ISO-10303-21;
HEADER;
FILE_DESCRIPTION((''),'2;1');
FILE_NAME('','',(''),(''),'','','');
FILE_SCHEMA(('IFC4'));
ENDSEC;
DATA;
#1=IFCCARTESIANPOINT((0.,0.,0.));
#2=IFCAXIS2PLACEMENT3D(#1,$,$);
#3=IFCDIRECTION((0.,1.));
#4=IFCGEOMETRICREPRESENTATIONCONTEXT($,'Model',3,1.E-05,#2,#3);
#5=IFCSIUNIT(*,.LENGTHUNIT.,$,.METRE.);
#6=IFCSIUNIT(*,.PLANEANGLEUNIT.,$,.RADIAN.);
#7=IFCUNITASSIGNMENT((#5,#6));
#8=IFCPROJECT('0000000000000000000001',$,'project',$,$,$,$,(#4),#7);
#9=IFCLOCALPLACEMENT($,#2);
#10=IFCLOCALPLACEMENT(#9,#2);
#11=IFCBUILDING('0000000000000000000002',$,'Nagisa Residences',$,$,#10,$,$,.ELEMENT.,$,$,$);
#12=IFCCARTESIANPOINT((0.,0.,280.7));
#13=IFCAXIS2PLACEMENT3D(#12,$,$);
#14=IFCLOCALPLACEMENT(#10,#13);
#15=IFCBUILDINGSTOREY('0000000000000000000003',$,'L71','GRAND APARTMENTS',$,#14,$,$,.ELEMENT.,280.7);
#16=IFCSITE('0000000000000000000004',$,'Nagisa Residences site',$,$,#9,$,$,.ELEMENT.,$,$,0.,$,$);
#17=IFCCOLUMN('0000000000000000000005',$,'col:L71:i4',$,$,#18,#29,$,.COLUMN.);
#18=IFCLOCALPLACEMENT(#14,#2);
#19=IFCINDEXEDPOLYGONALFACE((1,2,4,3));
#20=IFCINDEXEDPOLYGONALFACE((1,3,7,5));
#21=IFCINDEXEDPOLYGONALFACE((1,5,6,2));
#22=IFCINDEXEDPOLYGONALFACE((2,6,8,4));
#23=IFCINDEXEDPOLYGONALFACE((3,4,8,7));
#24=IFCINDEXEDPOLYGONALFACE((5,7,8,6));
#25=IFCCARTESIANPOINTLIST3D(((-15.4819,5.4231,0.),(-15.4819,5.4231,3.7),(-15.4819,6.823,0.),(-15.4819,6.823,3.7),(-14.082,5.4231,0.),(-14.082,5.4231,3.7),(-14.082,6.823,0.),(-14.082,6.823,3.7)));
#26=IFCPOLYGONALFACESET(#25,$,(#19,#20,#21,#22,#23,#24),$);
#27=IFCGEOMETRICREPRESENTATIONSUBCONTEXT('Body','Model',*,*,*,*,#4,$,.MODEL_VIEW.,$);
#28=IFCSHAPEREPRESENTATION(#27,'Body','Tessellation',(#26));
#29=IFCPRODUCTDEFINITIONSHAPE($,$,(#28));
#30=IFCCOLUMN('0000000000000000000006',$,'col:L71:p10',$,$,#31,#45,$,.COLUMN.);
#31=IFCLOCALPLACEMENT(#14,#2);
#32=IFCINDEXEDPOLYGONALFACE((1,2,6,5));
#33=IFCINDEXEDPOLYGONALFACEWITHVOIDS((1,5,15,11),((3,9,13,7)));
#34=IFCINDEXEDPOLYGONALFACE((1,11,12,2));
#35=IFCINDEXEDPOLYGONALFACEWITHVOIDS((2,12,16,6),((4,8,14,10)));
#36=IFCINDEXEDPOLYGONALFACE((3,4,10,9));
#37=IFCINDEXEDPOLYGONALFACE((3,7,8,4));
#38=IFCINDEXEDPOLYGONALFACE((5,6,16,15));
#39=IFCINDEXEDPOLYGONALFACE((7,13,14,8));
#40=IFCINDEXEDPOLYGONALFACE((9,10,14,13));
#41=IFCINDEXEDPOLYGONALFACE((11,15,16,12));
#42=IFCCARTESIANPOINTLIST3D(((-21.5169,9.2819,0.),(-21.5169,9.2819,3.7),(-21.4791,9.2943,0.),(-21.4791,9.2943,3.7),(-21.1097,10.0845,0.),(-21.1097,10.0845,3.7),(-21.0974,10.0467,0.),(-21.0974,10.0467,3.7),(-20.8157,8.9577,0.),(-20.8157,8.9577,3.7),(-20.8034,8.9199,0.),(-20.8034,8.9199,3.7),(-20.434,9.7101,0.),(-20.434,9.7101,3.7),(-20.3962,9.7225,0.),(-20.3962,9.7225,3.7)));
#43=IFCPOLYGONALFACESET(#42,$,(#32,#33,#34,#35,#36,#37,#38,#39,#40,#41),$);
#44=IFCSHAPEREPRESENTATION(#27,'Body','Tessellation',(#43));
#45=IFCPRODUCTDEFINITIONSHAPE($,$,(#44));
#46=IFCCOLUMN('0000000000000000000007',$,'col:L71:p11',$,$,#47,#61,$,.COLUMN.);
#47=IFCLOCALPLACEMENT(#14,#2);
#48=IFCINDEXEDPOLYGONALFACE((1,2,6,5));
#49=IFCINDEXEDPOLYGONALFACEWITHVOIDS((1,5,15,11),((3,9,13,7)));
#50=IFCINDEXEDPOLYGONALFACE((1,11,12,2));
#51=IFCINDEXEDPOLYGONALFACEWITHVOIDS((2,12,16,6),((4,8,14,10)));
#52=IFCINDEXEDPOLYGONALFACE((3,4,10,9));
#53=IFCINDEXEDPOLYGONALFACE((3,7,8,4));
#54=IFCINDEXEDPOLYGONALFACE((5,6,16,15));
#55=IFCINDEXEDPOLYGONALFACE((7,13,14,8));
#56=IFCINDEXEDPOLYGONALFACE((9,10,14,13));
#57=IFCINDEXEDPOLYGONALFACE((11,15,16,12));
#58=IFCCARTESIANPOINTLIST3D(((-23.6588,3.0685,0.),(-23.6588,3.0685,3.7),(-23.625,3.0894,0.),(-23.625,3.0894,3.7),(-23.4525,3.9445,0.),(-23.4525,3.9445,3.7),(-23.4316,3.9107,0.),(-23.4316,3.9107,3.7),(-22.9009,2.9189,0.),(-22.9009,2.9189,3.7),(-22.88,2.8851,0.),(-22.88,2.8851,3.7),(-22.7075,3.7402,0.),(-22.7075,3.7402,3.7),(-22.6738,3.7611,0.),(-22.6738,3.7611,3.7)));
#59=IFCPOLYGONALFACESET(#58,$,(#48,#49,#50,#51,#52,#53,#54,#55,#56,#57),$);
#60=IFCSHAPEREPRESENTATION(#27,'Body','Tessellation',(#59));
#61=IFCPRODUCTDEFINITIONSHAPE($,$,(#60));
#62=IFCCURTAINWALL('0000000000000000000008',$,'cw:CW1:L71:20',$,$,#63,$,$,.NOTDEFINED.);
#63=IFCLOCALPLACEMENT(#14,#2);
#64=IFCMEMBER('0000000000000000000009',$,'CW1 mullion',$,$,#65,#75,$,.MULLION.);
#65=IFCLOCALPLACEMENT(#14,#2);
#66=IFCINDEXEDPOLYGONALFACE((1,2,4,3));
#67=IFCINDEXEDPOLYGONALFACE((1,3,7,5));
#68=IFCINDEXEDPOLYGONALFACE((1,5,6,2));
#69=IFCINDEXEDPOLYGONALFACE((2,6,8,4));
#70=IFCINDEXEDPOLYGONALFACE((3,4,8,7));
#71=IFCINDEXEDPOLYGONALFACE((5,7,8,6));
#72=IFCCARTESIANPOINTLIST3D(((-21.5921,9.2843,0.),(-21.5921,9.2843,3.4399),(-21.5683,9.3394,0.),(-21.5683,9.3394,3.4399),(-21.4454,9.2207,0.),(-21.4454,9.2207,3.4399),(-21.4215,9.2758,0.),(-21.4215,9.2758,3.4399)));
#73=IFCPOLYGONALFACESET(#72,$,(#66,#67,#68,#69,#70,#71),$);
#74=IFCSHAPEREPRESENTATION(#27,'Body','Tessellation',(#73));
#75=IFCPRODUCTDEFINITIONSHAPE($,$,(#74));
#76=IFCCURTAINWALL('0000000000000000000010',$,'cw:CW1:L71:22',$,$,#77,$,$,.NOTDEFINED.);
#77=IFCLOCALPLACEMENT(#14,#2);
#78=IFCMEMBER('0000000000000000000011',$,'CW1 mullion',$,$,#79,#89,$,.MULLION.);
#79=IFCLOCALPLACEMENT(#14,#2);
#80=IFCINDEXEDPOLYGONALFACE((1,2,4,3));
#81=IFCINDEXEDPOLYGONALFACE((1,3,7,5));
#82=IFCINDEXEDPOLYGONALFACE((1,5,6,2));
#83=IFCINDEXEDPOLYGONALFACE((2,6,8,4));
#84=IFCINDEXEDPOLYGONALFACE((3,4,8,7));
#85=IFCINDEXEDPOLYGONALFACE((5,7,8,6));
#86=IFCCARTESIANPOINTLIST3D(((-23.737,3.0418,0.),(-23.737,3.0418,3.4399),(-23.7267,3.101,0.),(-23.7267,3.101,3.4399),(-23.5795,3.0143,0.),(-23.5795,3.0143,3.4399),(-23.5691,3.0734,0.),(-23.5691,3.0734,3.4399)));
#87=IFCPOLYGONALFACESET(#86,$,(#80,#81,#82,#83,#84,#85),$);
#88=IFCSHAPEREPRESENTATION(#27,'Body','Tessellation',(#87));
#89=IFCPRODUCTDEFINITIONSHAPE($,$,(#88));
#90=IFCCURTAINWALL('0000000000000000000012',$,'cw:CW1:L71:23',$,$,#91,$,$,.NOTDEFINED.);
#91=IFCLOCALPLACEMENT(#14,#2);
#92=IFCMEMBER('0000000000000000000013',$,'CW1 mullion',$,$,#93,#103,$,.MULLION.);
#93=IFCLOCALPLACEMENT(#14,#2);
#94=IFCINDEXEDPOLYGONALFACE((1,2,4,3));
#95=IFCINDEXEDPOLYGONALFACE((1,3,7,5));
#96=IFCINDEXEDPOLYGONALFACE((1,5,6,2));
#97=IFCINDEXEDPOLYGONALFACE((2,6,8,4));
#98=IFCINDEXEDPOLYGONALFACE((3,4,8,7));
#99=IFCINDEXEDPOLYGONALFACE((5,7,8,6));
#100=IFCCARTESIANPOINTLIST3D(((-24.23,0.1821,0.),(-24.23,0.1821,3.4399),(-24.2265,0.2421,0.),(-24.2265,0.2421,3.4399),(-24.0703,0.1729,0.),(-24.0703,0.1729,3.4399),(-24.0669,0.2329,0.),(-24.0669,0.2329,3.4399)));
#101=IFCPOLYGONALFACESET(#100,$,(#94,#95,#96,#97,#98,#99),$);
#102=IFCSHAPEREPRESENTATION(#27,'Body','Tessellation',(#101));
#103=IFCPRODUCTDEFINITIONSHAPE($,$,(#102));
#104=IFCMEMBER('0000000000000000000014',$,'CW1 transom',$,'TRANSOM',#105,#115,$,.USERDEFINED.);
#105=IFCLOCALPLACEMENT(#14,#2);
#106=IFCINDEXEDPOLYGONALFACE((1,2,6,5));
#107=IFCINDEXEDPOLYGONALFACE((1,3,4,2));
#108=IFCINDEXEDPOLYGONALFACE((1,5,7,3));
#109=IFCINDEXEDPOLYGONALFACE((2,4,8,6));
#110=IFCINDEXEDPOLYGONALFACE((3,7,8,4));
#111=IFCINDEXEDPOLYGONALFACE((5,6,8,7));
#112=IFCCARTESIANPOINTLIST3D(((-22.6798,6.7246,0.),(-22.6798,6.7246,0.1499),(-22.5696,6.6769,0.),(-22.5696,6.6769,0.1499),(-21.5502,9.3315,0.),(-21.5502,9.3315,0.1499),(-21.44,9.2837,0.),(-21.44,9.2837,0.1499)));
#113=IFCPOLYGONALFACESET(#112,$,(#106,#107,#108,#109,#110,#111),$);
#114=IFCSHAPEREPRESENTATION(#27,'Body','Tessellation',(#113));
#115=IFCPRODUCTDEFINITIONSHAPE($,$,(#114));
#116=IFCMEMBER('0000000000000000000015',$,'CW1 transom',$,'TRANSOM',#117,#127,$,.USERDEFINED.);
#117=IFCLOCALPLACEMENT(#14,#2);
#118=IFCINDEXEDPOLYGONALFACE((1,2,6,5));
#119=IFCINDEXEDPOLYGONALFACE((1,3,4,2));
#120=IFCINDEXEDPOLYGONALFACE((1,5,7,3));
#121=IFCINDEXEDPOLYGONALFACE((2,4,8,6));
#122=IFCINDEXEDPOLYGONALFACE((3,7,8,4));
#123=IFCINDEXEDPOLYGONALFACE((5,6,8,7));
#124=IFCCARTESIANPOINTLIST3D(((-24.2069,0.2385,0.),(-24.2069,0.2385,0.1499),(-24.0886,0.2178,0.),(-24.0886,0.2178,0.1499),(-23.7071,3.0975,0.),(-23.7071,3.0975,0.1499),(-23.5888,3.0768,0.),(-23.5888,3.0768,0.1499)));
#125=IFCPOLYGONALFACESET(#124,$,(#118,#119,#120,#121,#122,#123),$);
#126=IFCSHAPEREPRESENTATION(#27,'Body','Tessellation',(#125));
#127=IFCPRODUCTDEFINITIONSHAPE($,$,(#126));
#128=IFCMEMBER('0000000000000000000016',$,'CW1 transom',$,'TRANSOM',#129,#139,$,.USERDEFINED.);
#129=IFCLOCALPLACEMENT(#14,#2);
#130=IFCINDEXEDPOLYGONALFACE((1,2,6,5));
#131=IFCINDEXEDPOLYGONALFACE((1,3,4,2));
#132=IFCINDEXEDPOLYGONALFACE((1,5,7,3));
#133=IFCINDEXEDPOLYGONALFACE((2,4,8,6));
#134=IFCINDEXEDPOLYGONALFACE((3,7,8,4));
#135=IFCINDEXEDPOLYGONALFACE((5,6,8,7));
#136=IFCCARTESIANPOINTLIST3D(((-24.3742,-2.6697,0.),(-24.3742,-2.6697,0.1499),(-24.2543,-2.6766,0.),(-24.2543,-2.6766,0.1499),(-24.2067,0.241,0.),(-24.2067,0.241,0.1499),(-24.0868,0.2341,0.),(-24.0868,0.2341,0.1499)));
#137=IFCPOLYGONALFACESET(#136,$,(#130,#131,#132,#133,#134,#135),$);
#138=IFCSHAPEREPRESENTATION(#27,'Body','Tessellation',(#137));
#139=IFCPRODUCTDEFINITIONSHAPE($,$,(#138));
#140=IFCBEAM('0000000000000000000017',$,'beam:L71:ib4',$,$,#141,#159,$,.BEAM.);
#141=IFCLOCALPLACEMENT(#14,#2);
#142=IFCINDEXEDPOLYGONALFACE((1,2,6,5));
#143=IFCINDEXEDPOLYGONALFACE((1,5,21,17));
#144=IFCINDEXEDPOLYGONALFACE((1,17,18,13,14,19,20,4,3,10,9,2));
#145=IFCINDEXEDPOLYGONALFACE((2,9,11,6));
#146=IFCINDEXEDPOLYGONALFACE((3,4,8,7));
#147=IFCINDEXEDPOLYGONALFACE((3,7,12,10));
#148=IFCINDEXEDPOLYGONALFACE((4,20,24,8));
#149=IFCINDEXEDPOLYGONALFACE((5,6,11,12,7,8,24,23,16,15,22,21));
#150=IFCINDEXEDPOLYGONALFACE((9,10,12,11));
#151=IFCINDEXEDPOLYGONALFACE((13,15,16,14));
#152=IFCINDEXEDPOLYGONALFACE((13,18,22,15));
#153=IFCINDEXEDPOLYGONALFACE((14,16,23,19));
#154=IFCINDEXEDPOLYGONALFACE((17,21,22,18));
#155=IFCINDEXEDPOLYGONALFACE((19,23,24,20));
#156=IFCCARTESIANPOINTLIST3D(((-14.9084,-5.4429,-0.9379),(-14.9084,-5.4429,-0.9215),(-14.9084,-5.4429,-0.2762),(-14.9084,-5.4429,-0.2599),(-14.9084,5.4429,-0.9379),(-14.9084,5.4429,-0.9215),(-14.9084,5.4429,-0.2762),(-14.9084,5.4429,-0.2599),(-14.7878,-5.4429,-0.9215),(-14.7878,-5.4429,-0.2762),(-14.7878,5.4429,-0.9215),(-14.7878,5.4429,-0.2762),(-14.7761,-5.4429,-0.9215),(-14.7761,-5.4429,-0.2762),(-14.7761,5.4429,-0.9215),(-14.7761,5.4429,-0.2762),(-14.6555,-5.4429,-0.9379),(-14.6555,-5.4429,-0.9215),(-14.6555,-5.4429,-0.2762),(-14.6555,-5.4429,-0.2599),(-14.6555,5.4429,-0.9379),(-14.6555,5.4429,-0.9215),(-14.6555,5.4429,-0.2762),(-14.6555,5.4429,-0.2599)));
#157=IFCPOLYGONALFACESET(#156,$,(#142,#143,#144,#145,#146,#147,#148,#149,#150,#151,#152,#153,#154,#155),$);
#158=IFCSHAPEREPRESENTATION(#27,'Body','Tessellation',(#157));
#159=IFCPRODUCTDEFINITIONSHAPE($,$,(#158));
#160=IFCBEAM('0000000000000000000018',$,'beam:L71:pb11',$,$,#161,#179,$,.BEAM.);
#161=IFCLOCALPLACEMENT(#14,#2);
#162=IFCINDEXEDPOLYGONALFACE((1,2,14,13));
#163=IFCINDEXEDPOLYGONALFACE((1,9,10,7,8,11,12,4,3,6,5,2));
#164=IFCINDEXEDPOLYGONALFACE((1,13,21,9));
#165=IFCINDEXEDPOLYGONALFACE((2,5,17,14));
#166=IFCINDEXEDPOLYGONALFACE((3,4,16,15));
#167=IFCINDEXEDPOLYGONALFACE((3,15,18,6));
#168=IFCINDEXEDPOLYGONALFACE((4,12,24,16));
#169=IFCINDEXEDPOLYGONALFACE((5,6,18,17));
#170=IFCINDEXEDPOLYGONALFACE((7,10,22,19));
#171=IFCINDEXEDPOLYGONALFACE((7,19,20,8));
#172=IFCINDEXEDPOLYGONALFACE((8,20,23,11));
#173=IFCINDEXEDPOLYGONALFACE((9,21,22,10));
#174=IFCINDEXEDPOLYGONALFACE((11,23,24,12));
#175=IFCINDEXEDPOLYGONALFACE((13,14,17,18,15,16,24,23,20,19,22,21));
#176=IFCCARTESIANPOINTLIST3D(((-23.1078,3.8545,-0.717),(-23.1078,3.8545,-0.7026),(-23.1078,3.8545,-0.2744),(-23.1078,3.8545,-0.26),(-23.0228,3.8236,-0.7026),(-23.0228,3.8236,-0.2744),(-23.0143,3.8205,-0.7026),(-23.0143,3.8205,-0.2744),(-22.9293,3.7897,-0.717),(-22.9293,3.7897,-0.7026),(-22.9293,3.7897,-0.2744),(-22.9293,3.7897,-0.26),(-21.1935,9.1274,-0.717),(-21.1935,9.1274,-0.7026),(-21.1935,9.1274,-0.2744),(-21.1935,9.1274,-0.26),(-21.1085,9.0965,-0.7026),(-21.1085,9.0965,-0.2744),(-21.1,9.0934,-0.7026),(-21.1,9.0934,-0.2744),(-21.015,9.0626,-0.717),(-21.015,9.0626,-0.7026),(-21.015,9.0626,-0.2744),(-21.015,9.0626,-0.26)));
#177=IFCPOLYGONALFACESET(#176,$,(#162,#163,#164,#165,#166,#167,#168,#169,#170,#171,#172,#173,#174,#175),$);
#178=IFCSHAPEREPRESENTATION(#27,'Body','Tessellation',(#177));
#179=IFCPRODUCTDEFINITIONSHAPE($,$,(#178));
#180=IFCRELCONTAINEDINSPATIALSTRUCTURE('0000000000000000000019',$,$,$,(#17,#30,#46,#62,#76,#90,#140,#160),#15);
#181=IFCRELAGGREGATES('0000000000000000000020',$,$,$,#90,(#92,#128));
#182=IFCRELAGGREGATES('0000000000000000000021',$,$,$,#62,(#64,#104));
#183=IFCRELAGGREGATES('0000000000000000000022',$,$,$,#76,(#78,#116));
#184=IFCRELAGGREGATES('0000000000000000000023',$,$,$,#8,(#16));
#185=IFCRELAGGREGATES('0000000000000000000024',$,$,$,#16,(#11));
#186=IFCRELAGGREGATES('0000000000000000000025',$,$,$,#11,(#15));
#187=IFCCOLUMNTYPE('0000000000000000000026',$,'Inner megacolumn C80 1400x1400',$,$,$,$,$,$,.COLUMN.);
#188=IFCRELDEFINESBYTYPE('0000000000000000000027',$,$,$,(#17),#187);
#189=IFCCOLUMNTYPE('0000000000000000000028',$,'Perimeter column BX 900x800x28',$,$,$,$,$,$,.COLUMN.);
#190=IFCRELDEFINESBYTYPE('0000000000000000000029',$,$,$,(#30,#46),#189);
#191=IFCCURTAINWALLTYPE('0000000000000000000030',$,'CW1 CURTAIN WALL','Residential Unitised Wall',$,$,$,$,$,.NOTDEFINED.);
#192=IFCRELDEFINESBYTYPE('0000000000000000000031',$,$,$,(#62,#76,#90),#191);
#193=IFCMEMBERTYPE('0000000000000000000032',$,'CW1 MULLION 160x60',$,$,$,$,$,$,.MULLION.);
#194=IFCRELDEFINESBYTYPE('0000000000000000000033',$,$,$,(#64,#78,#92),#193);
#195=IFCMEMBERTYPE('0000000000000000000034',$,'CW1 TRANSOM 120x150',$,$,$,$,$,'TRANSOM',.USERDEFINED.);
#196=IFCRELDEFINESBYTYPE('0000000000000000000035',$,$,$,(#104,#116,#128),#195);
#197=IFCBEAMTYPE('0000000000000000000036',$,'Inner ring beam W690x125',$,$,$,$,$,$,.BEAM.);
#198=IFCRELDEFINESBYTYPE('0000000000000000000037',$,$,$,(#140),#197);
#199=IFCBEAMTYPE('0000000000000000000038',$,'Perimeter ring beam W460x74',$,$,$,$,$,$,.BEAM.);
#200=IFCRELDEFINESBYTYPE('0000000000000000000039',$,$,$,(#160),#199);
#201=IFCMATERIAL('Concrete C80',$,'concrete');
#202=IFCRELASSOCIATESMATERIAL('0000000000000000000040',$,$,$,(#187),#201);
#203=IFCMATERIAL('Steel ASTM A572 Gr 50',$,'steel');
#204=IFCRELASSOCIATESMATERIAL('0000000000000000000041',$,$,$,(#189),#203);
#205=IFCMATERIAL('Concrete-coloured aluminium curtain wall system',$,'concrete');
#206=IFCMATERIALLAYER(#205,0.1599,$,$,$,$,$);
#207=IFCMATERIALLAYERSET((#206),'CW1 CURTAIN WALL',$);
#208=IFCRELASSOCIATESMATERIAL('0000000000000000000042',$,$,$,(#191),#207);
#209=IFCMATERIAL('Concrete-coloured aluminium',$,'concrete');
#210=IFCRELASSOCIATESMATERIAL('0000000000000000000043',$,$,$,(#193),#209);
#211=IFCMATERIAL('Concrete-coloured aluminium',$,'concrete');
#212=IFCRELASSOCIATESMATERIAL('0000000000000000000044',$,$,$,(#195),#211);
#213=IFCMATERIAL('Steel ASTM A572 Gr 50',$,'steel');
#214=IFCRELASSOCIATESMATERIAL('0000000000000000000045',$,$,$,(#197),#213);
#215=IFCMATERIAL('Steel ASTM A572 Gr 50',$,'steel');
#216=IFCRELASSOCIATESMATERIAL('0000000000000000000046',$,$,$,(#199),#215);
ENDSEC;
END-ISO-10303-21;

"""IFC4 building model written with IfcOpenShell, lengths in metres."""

from ifc_helpers import new_model, si_unit, direction, frame, origin, origin_2d, place, context, subcontext, project, spatial, rectangle, hollow_rectangle, i_section, extrude, material, layer, layer_set, material_profile, profile_set, type_object, element, aggregate, save


model = new_model("IFC4")

# Units and contexts
model_context = context("Model", 3, precision=1e-05, world=origin(), true_north=direction((0.0, 1.0)))
body_context = subcontext(model_context, "Body", "Model", "MODEL_VIEW")
ifc_project = project(units=[si_unit("LENGTHUNIT", "METRE"), si_unit("PLANEANGLEUNIT", "RADIAN")], contexts=[model_context])

# Site, building, storey
site_placement = place(None, origin())
site = spatial("IfcSite", under=ifc_project, at=site_placement, Name="Nagisa Residences site", CompositionType="ELEMENT", RefElevation=0.0)
building_placement = place(site_placement, origin())
building = spatial("IfcBuilding", under=site, at=building_placement, Name="Nagisa Residences", CompositionType="ELEMENT")
storey_placement = place(building_placement, frame((0.0, 0.0, 280.7)))
storey = spatial("IfcBuildingStorey", under=building, at=storey_placement, Name="L71", Description="GRAND APARTMENTS", CompositionType="ELEMENT", Elevation=280.7)

# Columns
ifc_material_1 = material(Name="Concrete C80", Category="concrete")
ifc_material_profile_1 = material_profile(ifc_material_1, rectangle(XDim=1.3999, YDim=1.3999, at=origin_2d()), Name="C80 1400x1400")
ifc_profile_set_1 = profile_set([ifc_material_profile_1], Name="Concrete C80")
column_type_1 = type_object("IfcColumnType", Name="Inner megacolumn C80 1400x1400", PredefinedType="COLUMN", material=ifc_profile_set_1)
column_placement = place(storey_placement, frame((-14.782, 6.123, 0.0), z_axis=(0.0, 0.0, 1.0), x_axis=(1.0, 0.0, 0.0)))
element("IfcColumn", 1, at=column_placement, inside=storey, type_object=column_type_1, Name="col:L71:i4", PredefinedType="COLUMN", context=body_context, shape_type="SweptSolid", body=[
    extrude(rectangle(XDim=1.3999, YDim=1.3999, at=origin_2d()), origin(), (0.0, 0.0, 1.0), 3.7),
])
ifc_material_2 = material(Name="Steel ASTM A572 Gr 50", Category="steel")
ifc_material_profile_2 = material_profile(ifc_material_2, hollow_rectangle(XDim=0.8999, YDim=0.8, WallThickness=0.0281, at=origin_2d()), Name="BX 900x800x28")
ifc_profile_set_2 = profile_set([ifc_material_profile_2], Name="Steel ASTM A572 Gr 50")
column_type_2 = type_object("IfcColumnType", Name="Perimeter column BX 900x800x28", PredefinedType="COLUMN", material=ifc_profile_set_2)
for number, where, z_axis, x_axis, name in (
    (2, (-20.9565, 9.5022, 0.0), (0.0, 0.0, 1.0), (-0.452463, -0.891783, 0.0), "col:L71:p10"),
    (3, (-23.1663, 3.4148, 0.0), (0.0, 0.0, 1.0), (-0.229202, -0.973379, 0.0), "col:L71:p11"),
):
    element("IfcColumn", number, at=place(storey_placement, frame(where, z_axis=z_axis, x_axis=x_axis)), inside=storey, type_object=column_type_2, Name=name, PredefinedType="COLUMN", context=body_context, shape_type="SweptSolid", body=[
        extrude(hollow_rectangle(XDim=0.8999, YDim=0.8, WallThickness=0.0281, at=origin_2d()), origin(), (0.0, 0.0, 1.0), 3.7),
    ])

# Curtain walls, members
ifc_material_3 = material(Name="Concrete-coloured aluminium curtain wall system", Category="concrete")
ifc_layer_1 = layer(ifc_material_3, 0.1599)
ifc_layer_set_1 = layer_set([ifc_layer_1], Name="CW1 CURTAIN WALL")
curtain_wall_type = type_object("IfcCurtainWallType", Name="CW1 CURTAIN WALL", Description="Residential Unitised Wall", PredefinedType="NOTDEFINED", material=ifc_layer_set_1)
curtain_wall_1_placement = place(storey_placement, origin())
curtain_wall_1 = element("IfcCurtainWall", 4, at=curtain_wall_1_placement, inside=storey, type_object=curtain_wall_type, Name="cw:CW1:L71:20", PredefinedType="NOTDEFINED")
ifc_material_4 = material(Name="Concrete-coloured aluminium", Category="concrete")
ifc_material_profile_3 = material_profile(ifc_material_4, rectangle(XDim=0.1599, YDim=0.0601, at=origin_2d()), Name="CW1 MULLION 160x60")
ifc_profile_set_3 = profile_set([ifc_material_profile_3], Name="Concrete-coloured aluminium")
member_type_1 = type_object("IfcMemberType", Name="CW1 MULLION 160x60", PredefinedType="MULLION", material=ifc_profile_set_3)
member_1_placement = place(storey_placement, frame((-21.5068, 9.28, 0.0), z_axis=(0.0, 0.0, 1.0), x_axis=(0.917543, -0.397636, 0.0)))
member_1 = element("IfcMember", 5, at=member_1_placement, type_object=member_type_1, Name="CW1 mullion", PredefinedType="MULLION", context=body_context, shape_type="SweptSolid", body=[
    extrude(rectangle(XDim=0.1599, YDim=0.0601, at=origin_2d()), origin(), (0.0, 0.0, 1.0), 3.4399),
])
curtain_wall_2_placement = place(storey_placement, origin())
curtain_wall_2 = element("IfcCurtainWall", 6, at=curtain_wall_2_placement, inside=storey, type_object=curtain_wall_type, Name="cw:CW1:L71:22", PredefinedType="NOTDEFINED")
member_2_placement = place(storey_placement, frame((-23.6531, 3.0576, 0.0), z_axis=(0.0, 0.0, 1.0), x_axis=(0.985064, -0.172191, 0.0)))
member_2 = element("IfcMember", 7, at=member_2_placement, type_object=member_type_1, Name="CW1 mullion", PredefinedType="MULLION", context=body_context, shape_type="SweptSolid", body=[
    extrude(rectangle(XDim=0.1599, YDim=0.0601, at=origin_2d()), origin(), (0.0, 0.0, 1.0), 3.4399),
])
curtain_wall_3_placement = place(storey_placement, origin())
curtain_wall_3 = element("IfcCurtainWall", 8, at=curtain_wall_3_placement, inside=storey, type_object=curtain_wall_type, Name="cw:CW1:L71:23", PredefinedType="NOTDEFINED")
member_3_placement = place(storey_placement, frame((-24.1484, 0.2075, 0.0), z_axis=(0.0, 0.0, 1.0), x_axis=(0.998345, -0.057503, 0.0)))
member_3 = element("IfcMember", 9, at=member_3_placement, type_object=member_type_1, Name="CW1 mullion", PredefinedType="MULLION", context=body_context, shape_type="SweptSolid", body=[
    extrude(rectangle(XDim=0.1599, YDim=0.0601, at=origin_2d()), origin(), (0.0, 0.0, 1.0), 3.4399),
])

# Members
ifc_material_5 = material(Name="Concrete-coloured aluminium", Category="concrete")
ifc_material_profile_4 = material_profile(ifc_material_5, rectangle(XDim=0.1201, YDim=0.1499, at=origin_2d()), Name="CW1 TRANSOM 120x150")
ifc_profile_set_4 = profile_set([ifc_material_profile_4], Name="Concrete-coloured aluminium")
member_type_2 = type_object("IfcMemberType", Name="CW1 TRANSOM 120x150", ElementType="TRANSOM", PredefinedType="USERDEFINED", material=ifc_profile_set_4)
member_4_placement = place(storey_placement, frame((-21.4951, 9.3076, 0.075), z_axis=(-0.397598, -0.91756, 0.0), x_axis=(0.91756, -0.397598, 0.0)))
member_4 = element("IfcMember", 10, at=member_4_placement, type_object=member_type_2, Name="CW1 transom", ObjectType="TRANSOM", PredefinedType="USERDEFINED", context=body_context, shape_type="SweptSolid", body=[
    extrude(rectangle(XDim=0.1201, YDim=0.1499, at=origin_2d()), origin(), (0.0, 0.0, 1.0), 2.8411),
])
member_5_placement = place(storey_placement, frame((-23.6479, 3.0872, 0.075), z_axis=(-0.172197, -0.985063, 0.0), x_axis=(0.985063, -0.172197, 0.0)))
member_5 = element("IfcMember", 11, at=member_5_placement, type_object=member_type_2, Name="CW1 transom", ObjectType="TRANSOM", PredefinedType="USERDEFINED", context=body_context, shape_type="SweptSolid", body=[
    extrude(rectangle(XDim=0.1201, YDim=0.1499, at=origin_2d()), origin(), (0.0, 0.0, 1.0), 2.9023),
])
member_6_placement = place(storey_placement, frame((-24.1467, 0.2375, 0.075), z_axis=(-0.057446, -0.998349, 0.0), x_axis=(0.998349, -0.057446, 0.0)))
member_6 = element("IfcMember", 12, at=member_6_placement, type_object=member_type_2, Name="CW1 transom", ObjectType="TRANSOM", PredefinedType="USERDEFINED", context=body_context, shape_type="SweptSolid", body=[
    extrude(rectangle(XDim=0.1201, YDim=0.1499, at=origin_2d()), origin(), (0.0, 0.0, 1.0), 2.9155),
])
aggregate(curtain_wall_3, [member_3, member_6])

# Beams
ifc_material_6 = material(Name="Steel ASTM A572 Gr 50", Category="steel")
ifc_material_profile_5 = material_profile(ifc_material_6, i_section(OverallWidth=0.2529, OverallDepth=0.678, WebThickness=0.0117, FlangeThickness=0.0164, at=origin_2d()), Name="W690x125")
ifc_profile_set_5 = profile_set([ifc_material_profile_5], Name="Steel ASTM A572 Gr 50")
beam_type_1 = type_object("IfcBeamType", Name="Inner ring beam W690x125", PredefinedType="BEAM", material=ifc_profile_set_5)
beam_1_placement = place(storey_placement, frame((-14.782, 5.4429, -0.5989), z_axis=(0.0, -1.0, 0.0), x_axis=(1.0, 0.0, 0.0)))
element("IfcBeam", 13, at=beam_1_placement, inside=storey, type_object=beam_type_1, Name="beam:L71:ib4", PredefinedType="BEAM", context=body_context, shape_type="SweptSolid", body=[
    extrude(i_section(OverallWidth=0.2529, OverallDepth=0.678, WebThickness=0.0117, FlangeThickness=0.0164, at=origin_2d()), origin(), (0.0, 0.0, 1.0), 10.8857),
])
ifc_material_7 = material(Name="Steel ASTM A572 Gr 50", Category="steel")
ifc_material_profile_6 = material_profile(ifc_material_7, i_section(OverallWidth=0.1899, OverallDepth=0.457, WebThickness=0.009, FlangeThickness=0.0144, at=origin_2d()), Name="W460x74")
ifc_profile_set_6 = profile_set([ifc_material_profile_6], Name="Steel ASTM A572 Gr 50")
beam_type_2 = type_object("IfcBeamType", Name="Perimeter ring beam W460x74", PredefinedType="BEAM", material=ifc_profile_set_6)
beam_2_placement = place(storey_placement, frame((-21.1042, 9.095, -0.4885), z_axis=(-0.34125, -0.939972, 0.0), x_axis=(0.939972, -0.34125, 0.0)))
element("IfcBeam", 14, at=beam_2_placement, inside=storey, type_object=beam_type_2, Name="beam:L71:pb11", PredefinedType="BEAM", context=body_context, shape_type="SweptSolid", body=[
    extrude(i_section(OverallWidth=0.1899, OverallDepth=0.457, WebThickness=0.009, FlangeThickness=0.0144, at=origin_2d()), origin(), (0.0, 0.0, 1.0), 5.6096),
])

aggregate(curtain_wall_1, [member_1, member_4])
aggregate(curtain_wall_2, [member_2, member_5])

save(model, "model.ifc")
